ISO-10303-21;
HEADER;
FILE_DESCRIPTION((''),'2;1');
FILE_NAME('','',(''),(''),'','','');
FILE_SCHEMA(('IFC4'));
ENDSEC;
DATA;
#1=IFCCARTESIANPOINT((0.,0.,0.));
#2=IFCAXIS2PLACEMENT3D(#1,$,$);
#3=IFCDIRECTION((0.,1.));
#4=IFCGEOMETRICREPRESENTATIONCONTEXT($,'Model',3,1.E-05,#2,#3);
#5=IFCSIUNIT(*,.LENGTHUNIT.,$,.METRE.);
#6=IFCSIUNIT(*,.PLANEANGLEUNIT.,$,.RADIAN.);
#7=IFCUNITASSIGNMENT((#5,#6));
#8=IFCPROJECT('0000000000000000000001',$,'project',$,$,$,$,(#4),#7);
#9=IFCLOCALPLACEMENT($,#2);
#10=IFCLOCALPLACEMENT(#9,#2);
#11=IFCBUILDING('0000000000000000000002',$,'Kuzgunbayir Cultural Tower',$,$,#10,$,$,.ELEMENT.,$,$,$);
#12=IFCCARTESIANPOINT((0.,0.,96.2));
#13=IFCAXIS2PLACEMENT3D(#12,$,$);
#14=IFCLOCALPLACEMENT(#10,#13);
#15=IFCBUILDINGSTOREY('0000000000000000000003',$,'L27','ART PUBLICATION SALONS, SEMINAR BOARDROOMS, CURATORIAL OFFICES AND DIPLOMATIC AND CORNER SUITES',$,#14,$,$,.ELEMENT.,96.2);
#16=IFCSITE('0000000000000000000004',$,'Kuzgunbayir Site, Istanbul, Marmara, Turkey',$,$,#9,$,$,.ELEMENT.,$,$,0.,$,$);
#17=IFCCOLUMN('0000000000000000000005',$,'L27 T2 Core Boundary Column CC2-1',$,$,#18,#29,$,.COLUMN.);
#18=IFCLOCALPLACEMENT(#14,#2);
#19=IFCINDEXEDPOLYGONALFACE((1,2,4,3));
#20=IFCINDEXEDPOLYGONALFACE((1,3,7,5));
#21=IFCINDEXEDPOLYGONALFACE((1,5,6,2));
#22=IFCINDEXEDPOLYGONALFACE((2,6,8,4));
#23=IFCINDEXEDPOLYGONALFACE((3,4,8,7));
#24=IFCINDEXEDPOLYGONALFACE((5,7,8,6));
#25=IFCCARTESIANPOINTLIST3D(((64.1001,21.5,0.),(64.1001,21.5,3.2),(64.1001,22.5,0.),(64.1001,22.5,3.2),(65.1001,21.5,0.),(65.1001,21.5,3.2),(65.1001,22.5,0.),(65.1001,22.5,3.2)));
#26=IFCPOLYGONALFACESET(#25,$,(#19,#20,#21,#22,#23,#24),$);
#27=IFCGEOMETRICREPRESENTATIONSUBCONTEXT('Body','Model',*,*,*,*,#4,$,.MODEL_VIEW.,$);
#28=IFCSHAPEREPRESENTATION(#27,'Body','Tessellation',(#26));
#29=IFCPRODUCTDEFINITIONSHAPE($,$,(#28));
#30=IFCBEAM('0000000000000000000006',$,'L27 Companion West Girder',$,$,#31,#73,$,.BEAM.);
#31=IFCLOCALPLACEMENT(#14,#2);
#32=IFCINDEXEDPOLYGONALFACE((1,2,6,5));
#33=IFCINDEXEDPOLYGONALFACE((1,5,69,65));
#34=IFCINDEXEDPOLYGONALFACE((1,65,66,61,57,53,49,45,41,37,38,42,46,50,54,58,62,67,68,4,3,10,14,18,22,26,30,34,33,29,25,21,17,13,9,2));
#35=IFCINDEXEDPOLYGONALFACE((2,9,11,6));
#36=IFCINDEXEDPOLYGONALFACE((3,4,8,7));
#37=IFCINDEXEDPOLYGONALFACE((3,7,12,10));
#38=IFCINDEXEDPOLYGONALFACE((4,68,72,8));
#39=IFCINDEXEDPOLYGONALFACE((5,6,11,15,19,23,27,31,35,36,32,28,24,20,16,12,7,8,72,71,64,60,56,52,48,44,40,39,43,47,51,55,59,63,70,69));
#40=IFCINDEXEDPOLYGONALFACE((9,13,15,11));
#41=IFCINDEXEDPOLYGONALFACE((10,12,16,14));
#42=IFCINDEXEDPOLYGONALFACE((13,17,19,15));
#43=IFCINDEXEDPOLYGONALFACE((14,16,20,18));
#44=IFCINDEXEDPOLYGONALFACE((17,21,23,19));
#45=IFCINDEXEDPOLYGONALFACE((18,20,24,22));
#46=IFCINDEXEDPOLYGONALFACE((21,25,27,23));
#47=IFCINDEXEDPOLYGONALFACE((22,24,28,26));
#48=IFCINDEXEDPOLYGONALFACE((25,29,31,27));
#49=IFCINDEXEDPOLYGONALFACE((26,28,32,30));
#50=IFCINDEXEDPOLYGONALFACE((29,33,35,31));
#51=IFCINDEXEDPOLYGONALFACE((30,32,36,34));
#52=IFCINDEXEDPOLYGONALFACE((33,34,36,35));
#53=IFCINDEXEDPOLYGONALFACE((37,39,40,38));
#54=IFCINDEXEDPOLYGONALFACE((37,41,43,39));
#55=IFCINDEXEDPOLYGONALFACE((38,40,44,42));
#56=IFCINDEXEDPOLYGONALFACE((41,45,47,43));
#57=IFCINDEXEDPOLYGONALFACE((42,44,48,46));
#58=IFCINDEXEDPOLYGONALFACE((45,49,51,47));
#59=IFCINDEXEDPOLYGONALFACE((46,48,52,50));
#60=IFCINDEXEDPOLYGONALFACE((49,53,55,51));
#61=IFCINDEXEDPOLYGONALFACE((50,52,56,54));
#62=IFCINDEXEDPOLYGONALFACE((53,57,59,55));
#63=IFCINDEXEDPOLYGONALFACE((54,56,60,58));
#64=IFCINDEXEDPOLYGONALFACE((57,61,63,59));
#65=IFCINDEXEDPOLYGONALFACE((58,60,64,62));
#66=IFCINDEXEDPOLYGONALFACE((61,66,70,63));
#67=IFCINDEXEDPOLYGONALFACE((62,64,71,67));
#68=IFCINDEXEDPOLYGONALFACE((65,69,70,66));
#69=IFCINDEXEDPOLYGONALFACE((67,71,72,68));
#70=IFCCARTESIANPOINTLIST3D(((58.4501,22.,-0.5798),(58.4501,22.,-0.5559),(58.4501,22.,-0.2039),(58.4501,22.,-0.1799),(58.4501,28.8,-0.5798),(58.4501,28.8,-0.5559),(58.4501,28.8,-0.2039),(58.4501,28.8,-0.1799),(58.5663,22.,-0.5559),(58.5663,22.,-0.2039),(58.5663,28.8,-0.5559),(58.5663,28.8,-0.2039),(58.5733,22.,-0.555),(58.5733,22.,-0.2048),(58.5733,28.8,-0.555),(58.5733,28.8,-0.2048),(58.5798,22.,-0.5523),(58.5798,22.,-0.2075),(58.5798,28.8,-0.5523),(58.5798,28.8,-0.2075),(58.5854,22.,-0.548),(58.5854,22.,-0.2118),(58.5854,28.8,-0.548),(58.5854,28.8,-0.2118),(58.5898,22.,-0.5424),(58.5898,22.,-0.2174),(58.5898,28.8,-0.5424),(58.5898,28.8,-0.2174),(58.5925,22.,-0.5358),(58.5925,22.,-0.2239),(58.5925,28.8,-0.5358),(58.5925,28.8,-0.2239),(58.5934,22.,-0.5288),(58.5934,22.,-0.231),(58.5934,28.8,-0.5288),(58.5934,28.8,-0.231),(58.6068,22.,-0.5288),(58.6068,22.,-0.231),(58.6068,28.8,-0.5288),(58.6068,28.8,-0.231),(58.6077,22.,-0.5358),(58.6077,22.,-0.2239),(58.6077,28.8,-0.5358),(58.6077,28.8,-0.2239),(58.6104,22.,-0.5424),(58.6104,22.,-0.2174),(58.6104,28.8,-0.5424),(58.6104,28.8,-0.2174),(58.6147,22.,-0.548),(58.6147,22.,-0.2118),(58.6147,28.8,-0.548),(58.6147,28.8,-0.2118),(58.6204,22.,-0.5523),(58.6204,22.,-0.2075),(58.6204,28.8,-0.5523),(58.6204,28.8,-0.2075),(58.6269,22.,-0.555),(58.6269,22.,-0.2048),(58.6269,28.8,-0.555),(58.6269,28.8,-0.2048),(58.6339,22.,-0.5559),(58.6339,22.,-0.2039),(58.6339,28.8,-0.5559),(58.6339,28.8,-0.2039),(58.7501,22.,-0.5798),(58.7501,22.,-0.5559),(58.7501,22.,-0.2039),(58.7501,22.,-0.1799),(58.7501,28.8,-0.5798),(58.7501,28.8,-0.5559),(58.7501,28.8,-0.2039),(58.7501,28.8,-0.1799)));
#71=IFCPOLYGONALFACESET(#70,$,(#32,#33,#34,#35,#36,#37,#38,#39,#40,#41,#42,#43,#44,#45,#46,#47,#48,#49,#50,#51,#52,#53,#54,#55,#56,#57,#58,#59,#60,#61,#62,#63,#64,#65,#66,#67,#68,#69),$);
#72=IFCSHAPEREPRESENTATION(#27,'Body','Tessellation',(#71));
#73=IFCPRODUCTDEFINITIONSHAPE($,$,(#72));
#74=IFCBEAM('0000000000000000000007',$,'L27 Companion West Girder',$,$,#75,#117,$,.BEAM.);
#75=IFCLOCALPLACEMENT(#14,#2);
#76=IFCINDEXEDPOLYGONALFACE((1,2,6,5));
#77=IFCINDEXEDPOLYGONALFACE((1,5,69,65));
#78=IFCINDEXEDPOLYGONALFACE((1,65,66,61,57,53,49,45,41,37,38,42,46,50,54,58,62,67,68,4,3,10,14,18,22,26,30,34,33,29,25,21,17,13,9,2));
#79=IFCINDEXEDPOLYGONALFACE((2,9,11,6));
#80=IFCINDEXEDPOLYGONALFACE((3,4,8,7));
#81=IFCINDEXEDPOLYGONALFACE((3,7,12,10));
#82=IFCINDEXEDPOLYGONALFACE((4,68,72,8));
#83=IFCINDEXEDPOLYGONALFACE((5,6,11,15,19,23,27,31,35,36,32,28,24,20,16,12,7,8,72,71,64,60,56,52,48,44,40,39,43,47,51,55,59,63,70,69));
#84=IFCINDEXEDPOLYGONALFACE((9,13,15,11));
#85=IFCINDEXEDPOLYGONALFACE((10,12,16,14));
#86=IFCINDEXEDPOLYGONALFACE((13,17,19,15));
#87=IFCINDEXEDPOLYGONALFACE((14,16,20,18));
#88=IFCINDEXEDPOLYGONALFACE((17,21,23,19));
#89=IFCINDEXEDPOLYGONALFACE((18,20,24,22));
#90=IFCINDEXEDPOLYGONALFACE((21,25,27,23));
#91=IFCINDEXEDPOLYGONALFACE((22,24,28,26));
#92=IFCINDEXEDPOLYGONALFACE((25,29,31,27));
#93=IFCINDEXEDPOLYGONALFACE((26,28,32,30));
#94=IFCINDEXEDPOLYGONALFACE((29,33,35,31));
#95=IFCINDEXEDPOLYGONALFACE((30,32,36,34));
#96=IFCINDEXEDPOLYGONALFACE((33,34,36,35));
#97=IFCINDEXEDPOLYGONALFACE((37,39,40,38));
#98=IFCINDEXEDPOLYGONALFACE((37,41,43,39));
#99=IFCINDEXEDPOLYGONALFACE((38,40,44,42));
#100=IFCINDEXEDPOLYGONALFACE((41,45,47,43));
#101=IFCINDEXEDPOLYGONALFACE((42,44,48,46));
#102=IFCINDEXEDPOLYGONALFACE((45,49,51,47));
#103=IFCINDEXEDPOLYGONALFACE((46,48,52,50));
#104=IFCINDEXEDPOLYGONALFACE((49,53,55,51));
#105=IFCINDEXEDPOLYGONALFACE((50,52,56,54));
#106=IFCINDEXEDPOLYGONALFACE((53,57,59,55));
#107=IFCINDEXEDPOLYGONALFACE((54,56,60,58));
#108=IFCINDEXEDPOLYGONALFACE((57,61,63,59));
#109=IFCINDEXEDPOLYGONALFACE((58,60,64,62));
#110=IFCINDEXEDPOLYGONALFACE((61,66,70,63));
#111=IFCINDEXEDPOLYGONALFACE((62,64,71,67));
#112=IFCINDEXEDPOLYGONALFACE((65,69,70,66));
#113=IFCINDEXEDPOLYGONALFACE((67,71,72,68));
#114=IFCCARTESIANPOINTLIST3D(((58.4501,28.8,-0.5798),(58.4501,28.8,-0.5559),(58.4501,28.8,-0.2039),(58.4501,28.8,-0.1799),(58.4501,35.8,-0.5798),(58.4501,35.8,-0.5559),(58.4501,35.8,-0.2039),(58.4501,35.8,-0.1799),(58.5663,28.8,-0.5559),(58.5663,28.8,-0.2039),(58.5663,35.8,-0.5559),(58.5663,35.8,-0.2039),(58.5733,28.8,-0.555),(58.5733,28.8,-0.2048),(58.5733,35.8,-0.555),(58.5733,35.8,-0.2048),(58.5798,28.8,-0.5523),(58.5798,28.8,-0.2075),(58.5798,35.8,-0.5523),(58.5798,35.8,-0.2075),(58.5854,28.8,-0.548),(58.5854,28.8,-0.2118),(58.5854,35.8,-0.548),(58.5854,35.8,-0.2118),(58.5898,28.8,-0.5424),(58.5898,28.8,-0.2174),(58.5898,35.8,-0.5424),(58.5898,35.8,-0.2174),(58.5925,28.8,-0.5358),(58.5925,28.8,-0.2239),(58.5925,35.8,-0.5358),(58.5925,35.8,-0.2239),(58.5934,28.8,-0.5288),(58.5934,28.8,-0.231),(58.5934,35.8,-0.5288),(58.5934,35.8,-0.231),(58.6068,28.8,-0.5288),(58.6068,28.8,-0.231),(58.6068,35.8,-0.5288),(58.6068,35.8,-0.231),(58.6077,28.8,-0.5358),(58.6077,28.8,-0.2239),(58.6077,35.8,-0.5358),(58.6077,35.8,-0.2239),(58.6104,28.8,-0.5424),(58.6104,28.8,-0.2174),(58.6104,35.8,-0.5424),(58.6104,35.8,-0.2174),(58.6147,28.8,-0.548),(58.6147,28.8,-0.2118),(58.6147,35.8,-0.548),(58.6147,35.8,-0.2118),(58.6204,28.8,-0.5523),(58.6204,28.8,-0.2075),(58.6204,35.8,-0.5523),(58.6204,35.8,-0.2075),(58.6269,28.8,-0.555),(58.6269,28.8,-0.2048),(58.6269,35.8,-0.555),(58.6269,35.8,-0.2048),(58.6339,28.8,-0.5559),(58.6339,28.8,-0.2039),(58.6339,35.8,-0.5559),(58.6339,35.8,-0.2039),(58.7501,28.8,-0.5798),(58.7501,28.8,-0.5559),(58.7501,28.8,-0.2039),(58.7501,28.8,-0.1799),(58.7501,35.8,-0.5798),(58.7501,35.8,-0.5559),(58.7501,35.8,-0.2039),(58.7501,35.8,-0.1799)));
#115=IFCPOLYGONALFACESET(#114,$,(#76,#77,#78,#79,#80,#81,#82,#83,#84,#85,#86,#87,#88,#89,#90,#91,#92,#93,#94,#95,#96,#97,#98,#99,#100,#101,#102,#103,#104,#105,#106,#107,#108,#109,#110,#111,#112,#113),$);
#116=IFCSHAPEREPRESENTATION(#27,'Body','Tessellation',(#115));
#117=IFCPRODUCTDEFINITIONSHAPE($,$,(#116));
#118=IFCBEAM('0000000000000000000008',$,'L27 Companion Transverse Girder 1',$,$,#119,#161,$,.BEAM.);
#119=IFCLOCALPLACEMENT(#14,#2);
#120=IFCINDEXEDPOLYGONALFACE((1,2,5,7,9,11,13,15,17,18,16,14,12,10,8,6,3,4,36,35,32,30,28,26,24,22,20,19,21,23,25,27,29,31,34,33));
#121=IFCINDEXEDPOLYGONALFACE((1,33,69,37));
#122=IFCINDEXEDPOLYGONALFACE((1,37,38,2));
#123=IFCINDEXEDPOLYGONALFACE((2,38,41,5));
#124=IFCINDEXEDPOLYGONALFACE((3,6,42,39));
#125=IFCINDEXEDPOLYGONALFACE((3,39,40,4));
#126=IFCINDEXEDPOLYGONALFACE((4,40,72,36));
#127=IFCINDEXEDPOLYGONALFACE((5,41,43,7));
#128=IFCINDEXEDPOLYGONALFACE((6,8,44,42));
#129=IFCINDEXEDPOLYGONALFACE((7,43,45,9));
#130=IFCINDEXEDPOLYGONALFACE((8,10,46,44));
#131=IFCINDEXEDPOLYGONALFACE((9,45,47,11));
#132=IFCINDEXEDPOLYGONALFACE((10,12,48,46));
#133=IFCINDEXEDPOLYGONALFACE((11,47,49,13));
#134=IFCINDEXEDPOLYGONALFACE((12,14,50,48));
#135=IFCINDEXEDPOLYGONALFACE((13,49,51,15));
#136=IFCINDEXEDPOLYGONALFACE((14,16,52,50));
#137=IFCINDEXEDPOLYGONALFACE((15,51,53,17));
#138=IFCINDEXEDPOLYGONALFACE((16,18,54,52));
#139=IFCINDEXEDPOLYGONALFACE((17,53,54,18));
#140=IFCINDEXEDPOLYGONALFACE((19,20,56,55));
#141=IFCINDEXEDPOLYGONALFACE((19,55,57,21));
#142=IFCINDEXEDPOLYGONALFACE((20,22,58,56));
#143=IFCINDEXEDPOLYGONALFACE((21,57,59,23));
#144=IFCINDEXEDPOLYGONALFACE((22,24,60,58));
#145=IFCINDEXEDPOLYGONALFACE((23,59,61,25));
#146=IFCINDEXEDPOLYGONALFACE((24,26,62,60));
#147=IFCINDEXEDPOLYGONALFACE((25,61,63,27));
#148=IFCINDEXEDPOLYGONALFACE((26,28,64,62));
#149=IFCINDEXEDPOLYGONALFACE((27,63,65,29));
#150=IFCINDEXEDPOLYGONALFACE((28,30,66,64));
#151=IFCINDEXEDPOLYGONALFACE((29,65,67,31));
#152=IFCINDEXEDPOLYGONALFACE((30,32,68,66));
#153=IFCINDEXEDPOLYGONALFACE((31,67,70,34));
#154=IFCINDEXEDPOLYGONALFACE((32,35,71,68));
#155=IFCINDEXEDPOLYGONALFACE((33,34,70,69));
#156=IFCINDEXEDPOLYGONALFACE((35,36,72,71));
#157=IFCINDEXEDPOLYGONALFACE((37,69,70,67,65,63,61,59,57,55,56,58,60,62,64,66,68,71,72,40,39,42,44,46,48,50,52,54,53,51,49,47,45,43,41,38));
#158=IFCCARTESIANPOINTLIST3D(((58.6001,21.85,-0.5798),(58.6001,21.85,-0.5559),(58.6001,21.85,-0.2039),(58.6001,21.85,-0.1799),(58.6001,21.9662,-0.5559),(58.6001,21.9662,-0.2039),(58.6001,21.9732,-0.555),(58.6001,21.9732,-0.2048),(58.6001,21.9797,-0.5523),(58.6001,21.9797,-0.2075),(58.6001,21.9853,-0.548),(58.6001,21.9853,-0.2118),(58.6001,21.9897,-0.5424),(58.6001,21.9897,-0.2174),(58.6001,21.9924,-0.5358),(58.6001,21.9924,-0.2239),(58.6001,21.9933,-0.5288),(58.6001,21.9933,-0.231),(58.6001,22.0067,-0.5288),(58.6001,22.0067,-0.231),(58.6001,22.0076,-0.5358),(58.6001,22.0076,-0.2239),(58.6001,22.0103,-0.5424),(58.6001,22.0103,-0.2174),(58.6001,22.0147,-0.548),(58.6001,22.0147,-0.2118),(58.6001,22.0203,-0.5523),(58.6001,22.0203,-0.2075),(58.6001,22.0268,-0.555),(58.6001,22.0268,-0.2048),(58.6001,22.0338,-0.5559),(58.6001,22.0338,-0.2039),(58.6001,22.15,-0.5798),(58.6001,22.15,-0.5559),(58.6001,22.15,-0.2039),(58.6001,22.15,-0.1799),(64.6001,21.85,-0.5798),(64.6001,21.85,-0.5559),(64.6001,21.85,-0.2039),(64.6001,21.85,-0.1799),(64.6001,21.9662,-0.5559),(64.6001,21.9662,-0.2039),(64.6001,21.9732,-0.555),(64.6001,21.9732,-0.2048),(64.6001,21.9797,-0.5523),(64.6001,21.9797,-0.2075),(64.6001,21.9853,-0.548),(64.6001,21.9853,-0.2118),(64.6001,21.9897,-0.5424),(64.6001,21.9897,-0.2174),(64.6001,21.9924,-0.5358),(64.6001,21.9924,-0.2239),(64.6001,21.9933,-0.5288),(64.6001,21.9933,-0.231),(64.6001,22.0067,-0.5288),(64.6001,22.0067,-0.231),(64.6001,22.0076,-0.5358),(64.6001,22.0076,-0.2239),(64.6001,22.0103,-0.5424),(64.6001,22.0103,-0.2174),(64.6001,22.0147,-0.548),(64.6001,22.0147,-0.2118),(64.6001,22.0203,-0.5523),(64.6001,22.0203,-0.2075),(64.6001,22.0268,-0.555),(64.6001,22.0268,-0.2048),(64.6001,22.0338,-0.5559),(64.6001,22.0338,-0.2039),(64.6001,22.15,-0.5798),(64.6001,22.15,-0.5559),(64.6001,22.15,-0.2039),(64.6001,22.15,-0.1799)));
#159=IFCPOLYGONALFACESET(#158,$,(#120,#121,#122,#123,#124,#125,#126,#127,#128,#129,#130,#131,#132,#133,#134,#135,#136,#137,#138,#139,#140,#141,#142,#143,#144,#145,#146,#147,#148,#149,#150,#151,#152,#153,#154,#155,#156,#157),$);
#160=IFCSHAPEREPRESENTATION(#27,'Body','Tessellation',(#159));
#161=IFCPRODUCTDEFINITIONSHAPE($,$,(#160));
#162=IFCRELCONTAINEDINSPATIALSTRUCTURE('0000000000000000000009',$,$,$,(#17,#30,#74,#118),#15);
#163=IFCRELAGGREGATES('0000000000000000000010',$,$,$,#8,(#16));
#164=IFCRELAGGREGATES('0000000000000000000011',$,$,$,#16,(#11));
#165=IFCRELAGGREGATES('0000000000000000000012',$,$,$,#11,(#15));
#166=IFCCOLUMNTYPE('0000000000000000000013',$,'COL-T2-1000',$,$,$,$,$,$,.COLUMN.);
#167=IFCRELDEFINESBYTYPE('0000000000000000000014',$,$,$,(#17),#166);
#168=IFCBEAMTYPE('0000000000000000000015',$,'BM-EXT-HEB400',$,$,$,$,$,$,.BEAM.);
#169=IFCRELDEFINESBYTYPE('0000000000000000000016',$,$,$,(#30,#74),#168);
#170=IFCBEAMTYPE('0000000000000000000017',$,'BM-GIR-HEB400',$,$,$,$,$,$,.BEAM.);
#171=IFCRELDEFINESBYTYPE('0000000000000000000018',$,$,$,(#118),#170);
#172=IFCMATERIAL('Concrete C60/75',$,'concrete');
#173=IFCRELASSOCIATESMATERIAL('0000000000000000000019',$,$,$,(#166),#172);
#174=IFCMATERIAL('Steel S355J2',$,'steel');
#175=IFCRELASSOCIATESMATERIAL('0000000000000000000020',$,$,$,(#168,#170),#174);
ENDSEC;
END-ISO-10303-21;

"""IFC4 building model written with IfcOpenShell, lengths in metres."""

from ifc_helpers import new_model, si_unit, direction, frame, origin, origin_2d, place, context, subcontext, project, spatial, rectangle, i_section, extrude, material, material_profile, profile_set, type_object, element, save


model = new_model("IFC4")

# Units and contexts
model_context = context("Model", 3, precision=1e-05, world=origin(), true_north=direction((0.0, 1.0)))
body_context = subcontext(model_context, "Body", "Model", "MODEL_VIEW")
ifc_project = project(units=[si_unit("LENGTHUNIT", "METRE"), si_unit("PLANEANGLEUNIT", "RADIAN")], contexts=[model_context])

# Site, building, storey
site_placement = place(None, origin())
site = spatial("IfcSite", under=ifc_project, at=site_placement, Name="Kuzgunbayir Site, Istanbul, Marmara, Turkey", CompositionType="ELEMENT", RefElevation=0.0)
building_placement = place(site_placement, origin())
building = spatial("IfcBuilding", under=site, at=building_placement, Name="Kuzgunbayir Cultural Tower", CompositionType="ELEMENT")
storey_placement = place(building_placement, frame((0.0, 0.0, 96.2)))
storey = spatial("IfcBuildingStorey", under=building, at=storey_placement, Name="L27", Description="ART PUBLICATION SALONS, SEMINAR BOARDROOMS, CURATORIAL OFFICES AND DIPLOMATIC AND CORNER SUITES", CompositionType="ELEMENT", Elevation=96.2)

# Column
ifc_material_1 = material(Name="Concrete C60/75", Category="concrete")
ifc_material_profile_1 = material_profile(ifc_material_1, rectangle(XDim=1.0, YDim=1.0, at=origin_2d()), Name="RC 1000x1000")
ifc_profile_set_1 = profile_set([ifc_material_profile_1], Name="Concrete C60/75")
column_type = type_object("IfcColumnType", Name="COL-T2-1000", PredefinedType="COLUMN", material=ifc_profile_set_1)
column_placement = place(storey_placement, frame((64.6001, 22.0, 0.0), z_axis=(0.0, 0.0, 1.0), x_axis=(1.0, 0.0, 0.0)))
element("IfcColumn", 1, at=column_placement, inside=storey, type_object=column_type, Name="L27 T2 Core Boundary Column CC2-1", PredefinedType="COLUMN", context=body_context, shape_type="SweptSolid", body=[
    extrude(rectangle(XDim=1.0, YDim=1.0, at=origin_2d()), origin(), (0.0, 0.0, 1.0), 3.2),
])

# Beams
ifc_material_2 = material(Name="Steel S355J2", Category="steel")
ifc_material_profile_2 = material_profile(ifc_material_2, i_section(OverallWidth=0.3, OverallDepth=0.3999, WebThickness=0.0134, FlangeThickness=0.0239, FilletRadius=0.0271, at=origin_2d()), Name="HEB 400")
ifc_profile_set_2 = profile_set([ifc_material_profile_2], Name="Steel S355J2")
beam_type_1 = type_object("IfcBeamType", Name="BM-EXT-HEB400", PredefinedType="BEAM", material=ifc_profile_set_2)
beam_1_placement = place(storey_placement, frame((58.6001, 22.0, -0.3799), z_axis=(0.0, 1.0, 0.0), x_axis=(-1.0, 0.0, 0.0)))
element("IfcBeam", 2, at=beam_1_placement, inside=storey, type_object=beam_type_1, Name="L27 Companion West Girder", PredefinedType="BEAM", context=body_context, shape_type="SweptSolid", body=[
    extrude(i_section(OverallWidth=0.3, OverallDepth=0.3999, WebThickness=0.0134, FlangeThickness=0.0239, FilletRadius=0.0271, at=origin_2d()), origin(), (0.0, 0.0, 1.0), 6.8),
])
beam_2_placement = place(storey_placement, frame((58.6001, 28.8, -0.3799), z_axis=(0.0, 1.0, 0.0), x_axis=(-1.0, 0.0, 0.0)))
element("IfcBeam", 3, at=beam_2_placement, inside=storey, type_object=beam_type_1, Name="L27 Companion West Girder", PredefinedType="BEAM", context=body_context, shape_type="SweptSolid", body=[
    extrude(i_section(OverallWidth=0.3, OverallDepth=0.3999, WebThickness=0.0134, FlangeThickness=0.0239, FilletRadius=0.0271, at=origin_2d()), origin(), (0.0, 0.0, 1.0), 7.0),
])
ifc_material_profile_3 = material_profile(ifc_material_2, i_section(OverallWidth=0.3, OverallDepth=0.3999, WebThickness=0.0134, FlangeThickness=0.0239, FilletRadius=0.0271, at=origin_2d()), Name="HEB 400")
ifc_profile_set_3 = profile_set([ifc_material_profile_3], Name="Steel S355J2")
beam_type_2 = type_object("IfcBeamType", Name="BM-GIR-HEB400", PredefinedType="BEAM", material=ifc_profile_set_3)
beam_3_placement = place(storey_placement, frame((58.6001, 22.0, -0.3799), z_axis=(1.0, 0.0, 0.0), x_axis=(0.0, 1.0, 0.0)))
element("IfcBeam", 4, at=beam_3_placement, inside=storey, type_object=beam_type_2, Name="L27 Companion Transverse Girder 1", PredefinedType="BEAM", context=body_context, shape_type="SweptSolid", body=[
    extrude(i_section(OverallWidth=0.3, OverallDepth=0.3999, WebThickness=0.0134, FlangeThickness=0.0239, FilletRadius=0.0271, at=origin_2d()), origin(), (0.0, 0.0, 1.0), 6.0),
])

save(model, "model.ifc")
